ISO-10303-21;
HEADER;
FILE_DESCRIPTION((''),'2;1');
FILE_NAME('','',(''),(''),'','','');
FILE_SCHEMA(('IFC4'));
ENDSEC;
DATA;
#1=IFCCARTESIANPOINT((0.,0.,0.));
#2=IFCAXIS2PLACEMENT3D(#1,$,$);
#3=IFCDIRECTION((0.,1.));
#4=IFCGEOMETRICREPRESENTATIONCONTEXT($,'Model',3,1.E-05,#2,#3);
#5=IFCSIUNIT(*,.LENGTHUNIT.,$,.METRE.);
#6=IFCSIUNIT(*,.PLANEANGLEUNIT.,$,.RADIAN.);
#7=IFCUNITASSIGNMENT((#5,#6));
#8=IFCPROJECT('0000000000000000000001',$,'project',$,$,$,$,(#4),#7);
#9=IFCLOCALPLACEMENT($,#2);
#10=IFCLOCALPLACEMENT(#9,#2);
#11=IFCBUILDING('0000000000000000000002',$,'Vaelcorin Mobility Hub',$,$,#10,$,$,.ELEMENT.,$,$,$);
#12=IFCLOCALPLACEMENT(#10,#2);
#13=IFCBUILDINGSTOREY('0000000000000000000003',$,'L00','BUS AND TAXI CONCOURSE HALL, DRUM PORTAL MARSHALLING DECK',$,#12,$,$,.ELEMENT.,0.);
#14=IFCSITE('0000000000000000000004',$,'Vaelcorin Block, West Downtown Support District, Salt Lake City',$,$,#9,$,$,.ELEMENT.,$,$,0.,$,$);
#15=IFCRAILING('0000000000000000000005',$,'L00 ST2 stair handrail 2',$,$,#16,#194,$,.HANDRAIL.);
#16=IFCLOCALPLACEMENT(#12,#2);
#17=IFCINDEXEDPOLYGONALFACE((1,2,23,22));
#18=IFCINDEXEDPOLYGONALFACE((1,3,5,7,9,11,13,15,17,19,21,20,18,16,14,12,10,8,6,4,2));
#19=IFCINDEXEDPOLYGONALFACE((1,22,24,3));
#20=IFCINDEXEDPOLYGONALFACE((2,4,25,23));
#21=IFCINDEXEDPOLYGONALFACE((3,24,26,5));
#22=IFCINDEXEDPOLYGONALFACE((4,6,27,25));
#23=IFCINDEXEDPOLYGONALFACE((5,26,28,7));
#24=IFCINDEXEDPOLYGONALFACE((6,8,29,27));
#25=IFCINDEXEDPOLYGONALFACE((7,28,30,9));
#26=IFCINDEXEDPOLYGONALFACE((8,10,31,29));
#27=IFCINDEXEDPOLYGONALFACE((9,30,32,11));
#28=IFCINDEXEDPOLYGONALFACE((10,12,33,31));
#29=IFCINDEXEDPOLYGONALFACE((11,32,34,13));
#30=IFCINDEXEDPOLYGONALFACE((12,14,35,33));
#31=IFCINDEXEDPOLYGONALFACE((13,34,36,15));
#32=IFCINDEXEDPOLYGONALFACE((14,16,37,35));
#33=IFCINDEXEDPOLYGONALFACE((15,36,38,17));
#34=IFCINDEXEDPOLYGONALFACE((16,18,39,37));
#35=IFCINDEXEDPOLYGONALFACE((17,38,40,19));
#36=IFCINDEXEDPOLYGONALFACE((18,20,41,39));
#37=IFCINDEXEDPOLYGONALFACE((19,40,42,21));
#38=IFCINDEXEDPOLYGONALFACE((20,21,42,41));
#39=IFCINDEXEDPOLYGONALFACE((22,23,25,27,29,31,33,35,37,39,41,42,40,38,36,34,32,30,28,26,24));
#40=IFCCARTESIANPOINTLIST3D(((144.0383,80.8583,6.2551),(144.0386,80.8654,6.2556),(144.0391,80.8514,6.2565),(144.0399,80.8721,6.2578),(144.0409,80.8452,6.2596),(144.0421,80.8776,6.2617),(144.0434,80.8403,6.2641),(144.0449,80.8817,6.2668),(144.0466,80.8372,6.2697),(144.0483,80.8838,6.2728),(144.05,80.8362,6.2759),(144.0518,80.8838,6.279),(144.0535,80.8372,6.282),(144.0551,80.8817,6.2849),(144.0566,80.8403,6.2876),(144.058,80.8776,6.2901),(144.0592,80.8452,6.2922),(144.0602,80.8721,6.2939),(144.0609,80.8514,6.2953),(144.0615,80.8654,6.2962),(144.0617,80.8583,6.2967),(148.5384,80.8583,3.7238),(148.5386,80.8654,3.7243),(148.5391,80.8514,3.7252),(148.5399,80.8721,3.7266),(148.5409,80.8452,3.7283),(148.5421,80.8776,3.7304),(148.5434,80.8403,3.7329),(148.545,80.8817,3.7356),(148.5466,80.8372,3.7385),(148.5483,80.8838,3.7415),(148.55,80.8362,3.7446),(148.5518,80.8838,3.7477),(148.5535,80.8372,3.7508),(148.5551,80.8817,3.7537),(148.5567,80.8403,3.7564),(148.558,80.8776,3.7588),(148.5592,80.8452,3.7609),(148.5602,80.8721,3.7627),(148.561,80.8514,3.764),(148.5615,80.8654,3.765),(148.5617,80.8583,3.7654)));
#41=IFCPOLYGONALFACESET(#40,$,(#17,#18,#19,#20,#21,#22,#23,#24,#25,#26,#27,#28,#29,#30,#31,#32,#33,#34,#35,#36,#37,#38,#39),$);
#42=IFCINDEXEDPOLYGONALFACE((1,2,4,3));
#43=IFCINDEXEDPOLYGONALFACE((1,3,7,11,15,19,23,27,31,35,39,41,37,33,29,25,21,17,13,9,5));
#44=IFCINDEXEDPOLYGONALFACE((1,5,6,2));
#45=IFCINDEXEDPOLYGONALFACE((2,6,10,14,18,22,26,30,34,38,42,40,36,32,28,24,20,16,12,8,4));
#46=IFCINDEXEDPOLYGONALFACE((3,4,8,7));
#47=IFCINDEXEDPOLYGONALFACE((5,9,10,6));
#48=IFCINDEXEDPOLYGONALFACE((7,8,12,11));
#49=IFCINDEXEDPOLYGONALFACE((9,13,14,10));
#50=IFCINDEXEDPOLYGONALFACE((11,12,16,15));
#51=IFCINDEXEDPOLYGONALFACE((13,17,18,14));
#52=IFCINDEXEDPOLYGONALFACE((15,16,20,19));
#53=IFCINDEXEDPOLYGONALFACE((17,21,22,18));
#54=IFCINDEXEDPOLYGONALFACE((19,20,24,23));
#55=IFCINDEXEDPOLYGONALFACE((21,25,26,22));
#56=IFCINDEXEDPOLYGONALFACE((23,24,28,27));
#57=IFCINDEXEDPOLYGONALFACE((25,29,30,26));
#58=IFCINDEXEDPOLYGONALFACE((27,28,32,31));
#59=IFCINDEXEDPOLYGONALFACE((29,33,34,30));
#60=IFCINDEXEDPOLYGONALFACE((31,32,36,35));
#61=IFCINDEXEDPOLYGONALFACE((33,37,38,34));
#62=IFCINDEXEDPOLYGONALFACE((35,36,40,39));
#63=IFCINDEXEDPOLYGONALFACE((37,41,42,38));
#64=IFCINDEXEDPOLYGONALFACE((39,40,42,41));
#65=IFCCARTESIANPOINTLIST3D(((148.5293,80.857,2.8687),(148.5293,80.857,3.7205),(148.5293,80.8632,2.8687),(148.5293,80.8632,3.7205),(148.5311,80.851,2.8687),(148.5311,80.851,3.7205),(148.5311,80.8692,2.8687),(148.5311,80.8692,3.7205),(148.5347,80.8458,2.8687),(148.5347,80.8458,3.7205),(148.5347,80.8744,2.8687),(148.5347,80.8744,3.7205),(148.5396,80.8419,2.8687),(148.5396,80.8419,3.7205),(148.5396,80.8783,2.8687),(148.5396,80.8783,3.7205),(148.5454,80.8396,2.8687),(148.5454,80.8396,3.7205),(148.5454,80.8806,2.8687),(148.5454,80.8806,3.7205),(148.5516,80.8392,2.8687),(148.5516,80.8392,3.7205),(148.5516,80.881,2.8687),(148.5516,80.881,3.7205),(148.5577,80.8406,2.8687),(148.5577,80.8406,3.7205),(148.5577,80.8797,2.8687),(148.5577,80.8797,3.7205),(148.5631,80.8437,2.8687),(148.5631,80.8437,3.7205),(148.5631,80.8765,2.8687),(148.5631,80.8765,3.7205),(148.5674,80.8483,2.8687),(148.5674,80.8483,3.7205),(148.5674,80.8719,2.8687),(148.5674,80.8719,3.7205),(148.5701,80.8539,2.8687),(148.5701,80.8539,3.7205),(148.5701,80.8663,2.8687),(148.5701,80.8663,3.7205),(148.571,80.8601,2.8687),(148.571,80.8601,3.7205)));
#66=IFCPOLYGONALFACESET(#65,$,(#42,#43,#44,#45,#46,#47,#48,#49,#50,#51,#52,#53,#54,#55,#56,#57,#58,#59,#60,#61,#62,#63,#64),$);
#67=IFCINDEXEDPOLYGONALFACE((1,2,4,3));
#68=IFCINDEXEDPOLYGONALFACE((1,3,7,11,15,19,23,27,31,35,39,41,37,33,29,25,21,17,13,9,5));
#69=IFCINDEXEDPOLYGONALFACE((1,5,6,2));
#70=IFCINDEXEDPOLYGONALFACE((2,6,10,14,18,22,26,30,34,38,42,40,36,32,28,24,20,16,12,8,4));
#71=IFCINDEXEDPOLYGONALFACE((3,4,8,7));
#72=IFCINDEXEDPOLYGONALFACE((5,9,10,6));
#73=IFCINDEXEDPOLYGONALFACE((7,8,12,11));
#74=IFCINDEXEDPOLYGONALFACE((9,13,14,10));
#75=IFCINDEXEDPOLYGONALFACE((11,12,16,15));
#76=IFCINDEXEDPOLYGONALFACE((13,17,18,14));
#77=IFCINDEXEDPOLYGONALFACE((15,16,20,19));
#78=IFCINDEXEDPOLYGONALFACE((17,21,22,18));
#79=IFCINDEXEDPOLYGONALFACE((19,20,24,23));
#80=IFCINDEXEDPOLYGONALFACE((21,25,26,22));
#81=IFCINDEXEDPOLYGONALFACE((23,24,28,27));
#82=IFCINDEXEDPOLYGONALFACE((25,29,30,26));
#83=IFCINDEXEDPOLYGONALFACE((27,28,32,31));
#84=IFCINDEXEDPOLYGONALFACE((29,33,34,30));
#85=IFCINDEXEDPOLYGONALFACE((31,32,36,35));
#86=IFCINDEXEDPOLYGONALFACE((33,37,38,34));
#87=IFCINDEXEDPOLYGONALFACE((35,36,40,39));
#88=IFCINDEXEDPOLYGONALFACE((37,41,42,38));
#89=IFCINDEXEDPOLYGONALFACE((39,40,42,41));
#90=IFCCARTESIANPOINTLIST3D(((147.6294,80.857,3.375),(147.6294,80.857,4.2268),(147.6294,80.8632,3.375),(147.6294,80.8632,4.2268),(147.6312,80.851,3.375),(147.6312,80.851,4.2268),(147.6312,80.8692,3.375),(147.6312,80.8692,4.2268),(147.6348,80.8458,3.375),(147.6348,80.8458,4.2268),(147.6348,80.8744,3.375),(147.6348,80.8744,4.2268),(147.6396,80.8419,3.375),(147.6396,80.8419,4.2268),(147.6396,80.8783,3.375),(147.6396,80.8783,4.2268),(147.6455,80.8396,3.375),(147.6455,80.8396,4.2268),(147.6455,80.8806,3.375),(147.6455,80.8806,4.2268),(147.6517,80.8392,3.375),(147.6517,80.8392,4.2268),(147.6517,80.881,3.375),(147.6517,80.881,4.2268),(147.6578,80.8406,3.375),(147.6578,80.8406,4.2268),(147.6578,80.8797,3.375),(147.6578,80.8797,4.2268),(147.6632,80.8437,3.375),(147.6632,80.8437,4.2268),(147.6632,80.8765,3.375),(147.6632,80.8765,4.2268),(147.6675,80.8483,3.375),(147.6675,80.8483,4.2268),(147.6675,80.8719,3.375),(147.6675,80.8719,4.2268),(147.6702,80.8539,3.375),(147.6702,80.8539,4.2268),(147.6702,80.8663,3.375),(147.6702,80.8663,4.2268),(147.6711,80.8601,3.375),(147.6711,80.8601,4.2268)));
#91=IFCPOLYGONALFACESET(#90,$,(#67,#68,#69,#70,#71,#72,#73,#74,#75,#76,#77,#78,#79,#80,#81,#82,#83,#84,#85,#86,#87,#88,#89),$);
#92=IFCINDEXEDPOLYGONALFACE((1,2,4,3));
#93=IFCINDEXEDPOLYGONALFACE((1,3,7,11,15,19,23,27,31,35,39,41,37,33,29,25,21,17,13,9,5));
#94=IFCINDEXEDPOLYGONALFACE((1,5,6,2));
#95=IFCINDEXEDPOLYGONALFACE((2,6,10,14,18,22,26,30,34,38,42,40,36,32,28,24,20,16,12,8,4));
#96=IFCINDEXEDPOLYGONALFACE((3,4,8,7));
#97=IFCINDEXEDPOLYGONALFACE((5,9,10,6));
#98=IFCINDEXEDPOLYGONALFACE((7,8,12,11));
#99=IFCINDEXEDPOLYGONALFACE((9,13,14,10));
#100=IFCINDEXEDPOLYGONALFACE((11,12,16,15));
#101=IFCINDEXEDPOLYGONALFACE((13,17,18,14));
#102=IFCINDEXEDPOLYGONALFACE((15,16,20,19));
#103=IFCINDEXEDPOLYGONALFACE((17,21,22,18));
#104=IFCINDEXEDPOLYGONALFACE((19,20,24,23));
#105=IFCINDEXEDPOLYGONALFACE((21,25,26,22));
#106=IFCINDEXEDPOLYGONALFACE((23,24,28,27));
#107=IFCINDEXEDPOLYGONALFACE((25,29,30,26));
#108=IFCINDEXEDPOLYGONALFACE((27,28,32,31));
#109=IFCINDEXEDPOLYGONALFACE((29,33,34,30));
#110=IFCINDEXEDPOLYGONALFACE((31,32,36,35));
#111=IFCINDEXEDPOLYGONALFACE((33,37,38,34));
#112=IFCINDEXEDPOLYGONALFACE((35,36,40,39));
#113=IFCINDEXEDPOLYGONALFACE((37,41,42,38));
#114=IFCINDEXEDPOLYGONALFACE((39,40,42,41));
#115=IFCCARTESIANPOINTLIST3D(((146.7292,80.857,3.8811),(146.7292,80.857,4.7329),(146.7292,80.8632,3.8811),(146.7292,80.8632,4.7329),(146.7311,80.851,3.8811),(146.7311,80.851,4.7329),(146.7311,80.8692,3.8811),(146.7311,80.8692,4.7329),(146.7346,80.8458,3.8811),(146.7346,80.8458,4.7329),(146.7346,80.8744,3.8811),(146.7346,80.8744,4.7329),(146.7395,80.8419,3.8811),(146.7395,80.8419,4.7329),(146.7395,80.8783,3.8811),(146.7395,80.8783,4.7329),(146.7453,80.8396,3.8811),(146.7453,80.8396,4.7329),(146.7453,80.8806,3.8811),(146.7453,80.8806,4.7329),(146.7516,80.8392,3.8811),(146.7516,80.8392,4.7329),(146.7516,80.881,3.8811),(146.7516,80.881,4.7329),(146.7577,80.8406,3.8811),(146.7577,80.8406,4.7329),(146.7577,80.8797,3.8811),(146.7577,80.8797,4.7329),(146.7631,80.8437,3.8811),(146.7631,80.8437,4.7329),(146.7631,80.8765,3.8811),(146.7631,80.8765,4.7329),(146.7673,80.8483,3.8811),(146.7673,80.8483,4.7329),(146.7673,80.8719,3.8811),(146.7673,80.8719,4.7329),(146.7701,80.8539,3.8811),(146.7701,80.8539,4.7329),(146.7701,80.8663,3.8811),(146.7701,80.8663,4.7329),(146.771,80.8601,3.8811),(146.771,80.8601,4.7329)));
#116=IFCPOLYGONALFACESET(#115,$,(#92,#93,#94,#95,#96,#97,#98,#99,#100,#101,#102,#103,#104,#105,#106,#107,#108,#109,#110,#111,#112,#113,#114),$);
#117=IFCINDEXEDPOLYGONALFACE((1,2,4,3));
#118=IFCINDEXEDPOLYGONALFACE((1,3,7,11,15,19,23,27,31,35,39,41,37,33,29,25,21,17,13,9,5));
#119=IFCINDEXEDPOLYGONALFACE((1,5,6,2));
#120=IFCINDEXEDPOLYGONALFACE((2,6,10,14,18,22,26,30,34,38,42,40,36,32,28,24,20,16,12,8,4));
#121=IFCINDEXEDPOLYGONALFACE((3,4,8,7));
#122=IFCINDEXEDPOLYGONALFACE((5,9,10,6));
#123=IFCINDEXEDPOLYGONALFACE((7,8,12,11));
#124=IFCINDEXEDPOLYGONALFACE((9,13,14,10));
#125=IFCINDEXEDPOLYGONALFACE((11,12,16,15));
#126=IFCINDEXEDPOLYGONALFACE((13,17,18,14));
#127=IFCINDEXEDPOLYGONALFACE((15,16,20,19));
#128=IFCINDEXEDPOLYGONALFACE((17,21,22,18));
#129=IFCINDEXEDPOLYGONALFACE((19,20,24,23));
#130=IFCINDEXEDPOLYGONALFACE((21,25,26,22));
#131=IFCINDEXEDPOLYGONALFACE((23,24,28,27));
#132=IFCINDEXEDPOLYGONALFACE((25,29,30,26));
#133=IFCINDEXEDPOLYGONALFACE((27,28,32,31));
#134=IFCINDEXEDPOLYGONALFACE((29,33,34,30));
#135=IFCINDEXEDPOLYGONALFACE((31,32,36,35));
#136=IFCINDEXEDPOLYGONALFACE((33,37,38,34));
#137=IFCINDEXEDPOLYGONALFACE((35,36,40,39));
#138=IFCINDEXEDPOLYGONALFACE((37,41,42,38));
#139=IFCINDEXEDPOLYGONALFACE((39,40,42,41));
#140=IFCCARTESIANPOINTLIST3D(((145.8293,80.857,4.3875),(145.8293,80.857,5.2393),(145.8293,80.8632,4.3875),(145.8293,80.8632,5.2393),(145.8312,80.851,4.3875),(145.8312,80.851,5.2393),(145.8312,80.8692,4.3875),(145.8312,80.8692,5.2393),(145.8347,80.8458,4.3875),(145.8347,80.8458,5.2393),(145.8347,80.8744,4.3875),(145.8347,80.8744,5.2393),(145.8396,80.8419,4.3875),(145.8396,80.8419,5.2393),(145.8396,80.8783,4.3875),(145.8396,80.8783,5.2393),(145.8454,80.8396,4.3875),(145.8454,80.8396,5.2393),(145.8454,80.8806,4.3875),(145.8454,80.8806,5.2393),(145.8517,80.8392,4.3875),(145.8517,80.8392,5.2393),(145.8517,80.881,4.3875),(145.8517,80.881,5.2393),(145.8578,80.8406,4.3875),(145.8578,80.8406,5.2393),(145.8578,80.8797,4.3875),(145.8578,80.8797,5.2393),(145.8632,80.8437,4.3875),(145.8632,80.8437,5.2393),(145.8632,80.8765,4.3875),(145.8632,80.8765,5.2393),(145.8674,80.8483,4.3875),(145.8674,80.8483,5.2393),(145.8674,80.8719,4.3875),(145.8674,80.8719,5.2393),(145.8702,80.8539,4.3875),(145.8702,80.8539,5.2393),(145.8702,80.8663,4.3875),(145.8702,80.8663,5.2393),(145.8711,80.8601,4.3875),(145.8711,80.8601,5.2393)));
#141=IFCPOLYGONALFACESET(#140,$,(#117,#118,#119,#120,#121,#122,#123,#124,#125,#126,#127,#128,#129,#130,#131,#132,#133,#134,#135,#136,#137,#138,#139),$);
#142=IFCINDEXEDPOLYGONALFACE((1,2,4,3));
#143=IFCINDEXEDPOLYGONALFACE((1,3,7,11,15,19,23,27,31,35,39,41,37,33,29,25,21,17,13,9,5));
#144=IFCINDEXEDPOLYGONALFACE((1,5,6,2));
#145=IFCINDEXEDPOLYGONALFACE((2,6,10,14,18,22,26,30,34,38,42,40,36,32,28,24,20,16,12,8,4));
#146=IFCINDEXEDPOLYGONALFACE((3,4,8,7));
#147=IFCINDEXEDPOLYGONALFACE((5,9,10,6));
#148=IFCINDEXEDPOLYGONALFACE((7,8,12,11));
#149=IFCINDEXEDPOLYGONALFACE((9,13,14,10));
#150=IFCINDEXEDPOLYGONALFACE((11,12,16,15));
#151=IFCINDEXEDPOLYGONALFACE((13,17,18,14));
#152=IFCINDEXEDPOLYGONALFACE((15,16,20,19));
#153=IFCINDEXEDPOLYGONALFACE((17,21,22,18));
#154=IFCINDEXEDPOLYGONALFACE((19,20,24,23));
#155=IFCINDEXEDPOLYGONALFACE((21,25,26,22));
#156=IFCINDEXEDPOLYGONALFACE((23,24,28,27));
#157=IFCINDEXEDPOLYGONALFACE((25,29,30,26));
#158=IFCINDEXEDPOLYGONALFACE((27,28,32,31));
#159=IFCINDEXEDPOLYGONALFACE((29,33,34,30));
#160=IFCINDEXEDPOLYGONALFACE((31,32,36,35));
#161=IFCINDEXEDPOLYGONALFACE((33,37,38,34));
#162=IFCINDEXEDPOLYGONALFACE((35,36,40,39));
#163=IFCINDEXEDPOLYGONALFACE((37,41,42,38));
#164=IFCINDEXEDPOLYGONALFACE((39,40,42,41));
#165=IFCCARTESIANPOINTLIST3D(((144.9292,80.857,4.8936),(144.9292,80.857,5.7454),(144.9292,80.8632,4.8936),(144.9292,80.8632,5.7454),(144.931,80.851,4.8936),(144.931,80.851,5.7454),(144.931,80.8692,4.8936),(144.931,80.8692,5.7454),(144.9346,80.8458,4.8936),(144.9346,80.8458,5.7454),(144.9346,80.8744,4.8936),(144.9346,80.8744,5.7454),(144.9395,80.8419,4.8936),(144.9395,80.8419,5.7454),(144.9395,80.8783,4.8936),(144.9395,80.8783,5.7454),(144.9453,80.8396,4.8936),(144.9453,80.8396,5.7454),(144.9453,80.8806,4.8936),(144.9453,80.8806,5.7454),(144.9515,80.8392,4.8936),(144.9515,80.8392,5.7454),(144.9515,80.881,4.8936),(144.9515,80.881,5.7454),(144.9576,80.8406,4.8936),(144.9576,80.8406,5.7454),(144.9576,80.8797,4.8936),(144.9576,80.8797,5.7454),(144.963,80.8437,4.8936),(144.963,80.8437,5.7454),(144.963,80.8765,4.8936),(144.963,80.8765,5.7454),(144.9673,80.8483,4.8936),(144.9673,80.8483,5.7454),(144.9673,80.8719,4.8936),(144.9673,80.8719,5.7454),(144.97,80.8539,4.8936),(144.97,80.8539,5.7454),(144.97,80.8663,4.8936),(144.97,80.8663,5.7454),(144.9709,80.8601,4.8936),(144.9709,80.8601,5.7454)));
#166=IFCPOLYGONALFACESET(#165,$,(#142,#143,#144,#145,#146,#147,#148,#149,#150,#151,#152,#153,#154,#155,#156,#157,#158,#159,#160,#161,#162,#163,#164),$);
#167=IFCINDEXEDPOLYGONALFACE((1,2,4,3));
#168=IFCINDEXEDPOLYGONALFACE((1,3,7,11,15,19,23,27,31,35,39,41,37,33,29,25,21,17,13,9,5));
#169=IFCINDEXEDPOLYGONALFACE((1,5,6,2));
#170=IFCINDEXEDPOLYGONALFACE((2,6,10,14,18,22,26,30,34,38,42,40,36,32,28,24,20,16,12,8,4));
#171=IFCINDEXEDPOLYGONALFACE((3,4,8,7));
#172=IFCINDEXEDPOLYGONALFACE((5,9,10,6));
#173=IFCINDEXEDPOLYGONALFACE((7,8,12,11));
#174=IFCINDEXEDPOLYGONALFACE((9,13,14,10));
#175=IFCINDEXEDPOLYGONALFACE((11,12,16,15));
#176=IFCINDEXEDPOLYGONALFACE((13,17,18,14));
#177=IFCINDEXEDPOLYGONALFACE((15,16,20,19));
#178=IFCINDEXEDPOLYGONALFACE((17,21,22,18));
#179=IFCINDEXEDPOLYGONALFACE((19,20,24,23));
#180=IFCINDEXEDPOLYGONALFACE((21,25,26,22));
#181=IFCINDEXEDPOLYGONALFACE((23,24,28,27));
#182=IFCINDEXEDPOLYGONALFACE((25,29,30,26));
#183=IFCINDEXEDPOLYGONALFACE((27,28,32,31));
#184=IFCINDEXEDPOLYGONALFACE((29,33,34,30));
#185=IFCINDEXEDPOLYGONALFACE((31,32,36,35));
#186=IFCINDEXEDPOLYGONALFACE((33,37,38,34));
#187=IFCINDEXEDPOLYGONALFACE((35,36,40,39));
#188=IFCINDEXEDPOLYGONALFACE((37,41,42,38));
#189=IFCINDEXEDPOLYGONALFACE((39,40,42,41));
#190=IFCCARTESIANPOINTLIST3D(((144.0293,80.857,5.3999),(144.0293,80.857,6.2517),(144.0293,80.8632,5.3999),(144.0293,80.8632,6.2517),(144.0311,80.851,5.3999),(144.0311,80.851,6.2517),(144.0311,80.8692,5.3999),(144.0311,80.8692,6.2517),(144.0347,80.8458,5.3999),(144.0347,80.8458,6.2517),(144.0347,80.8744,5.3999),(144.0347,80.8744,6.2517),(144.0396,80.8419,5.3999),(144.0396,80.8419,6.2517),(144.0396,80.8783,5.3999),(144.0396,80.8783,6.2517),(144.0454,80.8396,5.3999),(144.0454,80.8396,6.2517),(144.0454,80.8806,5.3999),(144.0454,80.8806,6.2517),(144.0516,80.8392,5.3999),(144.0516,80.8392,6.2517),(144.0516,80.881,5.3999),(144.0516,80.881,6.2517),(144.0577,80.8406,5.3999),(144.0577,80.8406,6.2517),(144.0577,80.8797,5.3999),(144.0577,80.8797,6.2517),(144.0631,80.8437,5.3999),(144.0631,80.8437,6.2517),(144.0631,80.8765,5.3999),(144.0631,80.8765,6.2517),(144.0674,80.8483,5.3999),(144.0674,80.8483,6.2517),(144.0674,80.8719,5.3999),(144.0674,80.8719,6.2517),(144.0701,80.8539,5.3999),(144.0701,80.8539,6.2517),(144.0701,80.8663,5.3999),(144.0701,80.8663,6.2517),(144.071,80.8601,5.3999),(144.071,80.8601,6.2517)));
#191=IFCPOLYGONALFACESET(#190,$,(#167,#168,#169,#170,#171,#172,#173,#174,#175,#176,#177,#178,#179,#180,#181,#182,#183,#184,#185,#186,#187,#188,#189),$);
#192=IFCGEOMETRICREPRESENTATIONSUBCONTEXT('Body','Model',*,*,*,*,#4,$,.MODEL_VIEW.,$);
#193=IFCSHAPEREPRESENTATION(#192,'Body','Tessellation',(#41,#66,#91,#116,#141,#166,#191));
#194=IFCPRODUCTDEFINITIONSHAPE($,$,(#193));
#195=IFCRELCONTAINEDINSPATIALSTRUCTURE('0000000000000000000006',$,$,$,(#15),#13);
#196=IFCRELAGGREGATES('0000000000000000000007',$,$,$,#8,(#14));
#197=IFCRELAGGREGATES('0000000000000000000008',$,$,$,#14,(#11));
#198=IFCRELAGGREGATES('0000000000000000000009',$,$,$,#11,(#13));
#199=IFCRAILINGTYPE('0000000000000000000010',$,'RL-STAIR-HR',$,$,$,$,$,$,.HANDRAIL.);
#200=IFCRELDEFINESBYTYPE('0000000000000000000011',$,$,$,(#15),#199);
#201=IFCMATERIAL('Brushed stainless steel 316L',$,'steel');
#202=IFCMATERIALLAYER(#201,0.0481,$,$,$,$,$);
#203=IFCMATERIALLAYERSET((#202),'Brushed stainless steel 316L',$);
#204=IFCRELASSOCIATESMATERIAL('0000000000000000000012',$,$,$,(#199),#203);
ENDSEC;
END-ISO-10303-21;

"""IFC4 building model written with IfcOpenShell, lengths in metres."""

from ifc_helpers import new_model, si_unit, direction, frame, origin, origin_2d, place, context, subcontext, project, spatial, circle, extrude, material, layer, layer_set, type_object, element, save


model = new_model("IFC4")

# Units and contexts
model_context = context("Model", 3, precision=1e-05, world=origin(), true_north=direction((0.0, 1.0)))
body_context = subcontext(model_context, "Body", "Model", "MODEL_VIEW")
ifc_project = project(units=[si_unit("LENGTHUNIT", "METRE"), si_unit("PLANEANGLEUNIT", "RADIAN")], contexts=[model_context])

# Site, building, storey
site_placement = place(None, origin())
site = spatial("IfcSite", under=ifc_project, at=site_placement, Name="Vaelcorin Block, West Downtown Support District, Salt Lake City", CompositionType="ELEMENT", RefElevation=0.0)
building_placement = place(site_placement, origin())
building = spatial("IfcBuilding", under=site, at=building_placement, Name="Vaelcorin Mobility Hub", CompositionType="ELEMENT")
storey_placement = place(building_placement, origin())
storey = spatial("IfcBuildingStorey", under=building, at=storey_placement, Name="L00", Description="BUS AND TAXI CONCOURSE HALL, DRUM PORTAL MARSHALLING DECK", CompositionType="ELEMENT", Elevation=0.0)

# Railing
ifc_material_1 = material(Name="Brushed stainless steel 316L", Category="steel")
ifc_layer_1 = layer(ifc_material_1, 0.0481)
ifc_layer_set_1 = layer_set([ifc_layer_1], Name="Brushed stainless steel 316L")
railing_type_1 = type_object("IfcRailingType", Name="RL-STAIR-HR", PredefinedType="HANDRAIL", material=ifc_layer_set_1)
railing_1_placement = place(storey_placement, frame((148.55, 80.8601, 2.8687)))
element("IfcRailing", 1, at=railing_1_placement, inside=storey, type_object=railing_type_1, Name="L00 ST2 stair handrail 2", PredefinedType="HANDRAIL", context=body_context, shape_type="SweptSolid", body=[
    extrude(circle(Radius=0.0239, at=origin_2d()), frame((0.0, 0.0, 0.876), z_axis=(-0.871576, 0.0, 0.490261), x_axis=(0.0, -1.0, 0.0)), (0.0, 0.0, 1.0), 5.1631),
    extrude(circle(Radius=0.021, at=origin_2d()), origin(), (0.0, 0.0, 1.0), 0.8518),
    extrude(circle(Radius=0.021, at=origin_2d()), frame((-0.8999, 0.0, 0.5063)), (0.0, 0.0, 1.0), 0.8518),
    extrude(circle(Radius=0.021, at=origin_2d()), frame((-1.8, 0.0, 1.0125)), (0.0, 0.0, 1.0), 0.8518),
    extrude(circle(Radius=0.021, at=origin_2d()), frame((-2.7, 0.0, 1.5188)), (0.0, 0.0, 1.0), 0.8518),
    extrude(circle(Radius=0.021, at=origin_2d()), frame((-3.6001, 0.0, 2.0249)), (0.0, 0.0, 1.0), 0.8518),
    extrude(circle(Radius=0.021, at=origin_2d()), frame((-4.5, 0.0, 2.5312)), (0.0, 0.0, 1.0), 0.8518),
])

save(model, "model.ifc")
